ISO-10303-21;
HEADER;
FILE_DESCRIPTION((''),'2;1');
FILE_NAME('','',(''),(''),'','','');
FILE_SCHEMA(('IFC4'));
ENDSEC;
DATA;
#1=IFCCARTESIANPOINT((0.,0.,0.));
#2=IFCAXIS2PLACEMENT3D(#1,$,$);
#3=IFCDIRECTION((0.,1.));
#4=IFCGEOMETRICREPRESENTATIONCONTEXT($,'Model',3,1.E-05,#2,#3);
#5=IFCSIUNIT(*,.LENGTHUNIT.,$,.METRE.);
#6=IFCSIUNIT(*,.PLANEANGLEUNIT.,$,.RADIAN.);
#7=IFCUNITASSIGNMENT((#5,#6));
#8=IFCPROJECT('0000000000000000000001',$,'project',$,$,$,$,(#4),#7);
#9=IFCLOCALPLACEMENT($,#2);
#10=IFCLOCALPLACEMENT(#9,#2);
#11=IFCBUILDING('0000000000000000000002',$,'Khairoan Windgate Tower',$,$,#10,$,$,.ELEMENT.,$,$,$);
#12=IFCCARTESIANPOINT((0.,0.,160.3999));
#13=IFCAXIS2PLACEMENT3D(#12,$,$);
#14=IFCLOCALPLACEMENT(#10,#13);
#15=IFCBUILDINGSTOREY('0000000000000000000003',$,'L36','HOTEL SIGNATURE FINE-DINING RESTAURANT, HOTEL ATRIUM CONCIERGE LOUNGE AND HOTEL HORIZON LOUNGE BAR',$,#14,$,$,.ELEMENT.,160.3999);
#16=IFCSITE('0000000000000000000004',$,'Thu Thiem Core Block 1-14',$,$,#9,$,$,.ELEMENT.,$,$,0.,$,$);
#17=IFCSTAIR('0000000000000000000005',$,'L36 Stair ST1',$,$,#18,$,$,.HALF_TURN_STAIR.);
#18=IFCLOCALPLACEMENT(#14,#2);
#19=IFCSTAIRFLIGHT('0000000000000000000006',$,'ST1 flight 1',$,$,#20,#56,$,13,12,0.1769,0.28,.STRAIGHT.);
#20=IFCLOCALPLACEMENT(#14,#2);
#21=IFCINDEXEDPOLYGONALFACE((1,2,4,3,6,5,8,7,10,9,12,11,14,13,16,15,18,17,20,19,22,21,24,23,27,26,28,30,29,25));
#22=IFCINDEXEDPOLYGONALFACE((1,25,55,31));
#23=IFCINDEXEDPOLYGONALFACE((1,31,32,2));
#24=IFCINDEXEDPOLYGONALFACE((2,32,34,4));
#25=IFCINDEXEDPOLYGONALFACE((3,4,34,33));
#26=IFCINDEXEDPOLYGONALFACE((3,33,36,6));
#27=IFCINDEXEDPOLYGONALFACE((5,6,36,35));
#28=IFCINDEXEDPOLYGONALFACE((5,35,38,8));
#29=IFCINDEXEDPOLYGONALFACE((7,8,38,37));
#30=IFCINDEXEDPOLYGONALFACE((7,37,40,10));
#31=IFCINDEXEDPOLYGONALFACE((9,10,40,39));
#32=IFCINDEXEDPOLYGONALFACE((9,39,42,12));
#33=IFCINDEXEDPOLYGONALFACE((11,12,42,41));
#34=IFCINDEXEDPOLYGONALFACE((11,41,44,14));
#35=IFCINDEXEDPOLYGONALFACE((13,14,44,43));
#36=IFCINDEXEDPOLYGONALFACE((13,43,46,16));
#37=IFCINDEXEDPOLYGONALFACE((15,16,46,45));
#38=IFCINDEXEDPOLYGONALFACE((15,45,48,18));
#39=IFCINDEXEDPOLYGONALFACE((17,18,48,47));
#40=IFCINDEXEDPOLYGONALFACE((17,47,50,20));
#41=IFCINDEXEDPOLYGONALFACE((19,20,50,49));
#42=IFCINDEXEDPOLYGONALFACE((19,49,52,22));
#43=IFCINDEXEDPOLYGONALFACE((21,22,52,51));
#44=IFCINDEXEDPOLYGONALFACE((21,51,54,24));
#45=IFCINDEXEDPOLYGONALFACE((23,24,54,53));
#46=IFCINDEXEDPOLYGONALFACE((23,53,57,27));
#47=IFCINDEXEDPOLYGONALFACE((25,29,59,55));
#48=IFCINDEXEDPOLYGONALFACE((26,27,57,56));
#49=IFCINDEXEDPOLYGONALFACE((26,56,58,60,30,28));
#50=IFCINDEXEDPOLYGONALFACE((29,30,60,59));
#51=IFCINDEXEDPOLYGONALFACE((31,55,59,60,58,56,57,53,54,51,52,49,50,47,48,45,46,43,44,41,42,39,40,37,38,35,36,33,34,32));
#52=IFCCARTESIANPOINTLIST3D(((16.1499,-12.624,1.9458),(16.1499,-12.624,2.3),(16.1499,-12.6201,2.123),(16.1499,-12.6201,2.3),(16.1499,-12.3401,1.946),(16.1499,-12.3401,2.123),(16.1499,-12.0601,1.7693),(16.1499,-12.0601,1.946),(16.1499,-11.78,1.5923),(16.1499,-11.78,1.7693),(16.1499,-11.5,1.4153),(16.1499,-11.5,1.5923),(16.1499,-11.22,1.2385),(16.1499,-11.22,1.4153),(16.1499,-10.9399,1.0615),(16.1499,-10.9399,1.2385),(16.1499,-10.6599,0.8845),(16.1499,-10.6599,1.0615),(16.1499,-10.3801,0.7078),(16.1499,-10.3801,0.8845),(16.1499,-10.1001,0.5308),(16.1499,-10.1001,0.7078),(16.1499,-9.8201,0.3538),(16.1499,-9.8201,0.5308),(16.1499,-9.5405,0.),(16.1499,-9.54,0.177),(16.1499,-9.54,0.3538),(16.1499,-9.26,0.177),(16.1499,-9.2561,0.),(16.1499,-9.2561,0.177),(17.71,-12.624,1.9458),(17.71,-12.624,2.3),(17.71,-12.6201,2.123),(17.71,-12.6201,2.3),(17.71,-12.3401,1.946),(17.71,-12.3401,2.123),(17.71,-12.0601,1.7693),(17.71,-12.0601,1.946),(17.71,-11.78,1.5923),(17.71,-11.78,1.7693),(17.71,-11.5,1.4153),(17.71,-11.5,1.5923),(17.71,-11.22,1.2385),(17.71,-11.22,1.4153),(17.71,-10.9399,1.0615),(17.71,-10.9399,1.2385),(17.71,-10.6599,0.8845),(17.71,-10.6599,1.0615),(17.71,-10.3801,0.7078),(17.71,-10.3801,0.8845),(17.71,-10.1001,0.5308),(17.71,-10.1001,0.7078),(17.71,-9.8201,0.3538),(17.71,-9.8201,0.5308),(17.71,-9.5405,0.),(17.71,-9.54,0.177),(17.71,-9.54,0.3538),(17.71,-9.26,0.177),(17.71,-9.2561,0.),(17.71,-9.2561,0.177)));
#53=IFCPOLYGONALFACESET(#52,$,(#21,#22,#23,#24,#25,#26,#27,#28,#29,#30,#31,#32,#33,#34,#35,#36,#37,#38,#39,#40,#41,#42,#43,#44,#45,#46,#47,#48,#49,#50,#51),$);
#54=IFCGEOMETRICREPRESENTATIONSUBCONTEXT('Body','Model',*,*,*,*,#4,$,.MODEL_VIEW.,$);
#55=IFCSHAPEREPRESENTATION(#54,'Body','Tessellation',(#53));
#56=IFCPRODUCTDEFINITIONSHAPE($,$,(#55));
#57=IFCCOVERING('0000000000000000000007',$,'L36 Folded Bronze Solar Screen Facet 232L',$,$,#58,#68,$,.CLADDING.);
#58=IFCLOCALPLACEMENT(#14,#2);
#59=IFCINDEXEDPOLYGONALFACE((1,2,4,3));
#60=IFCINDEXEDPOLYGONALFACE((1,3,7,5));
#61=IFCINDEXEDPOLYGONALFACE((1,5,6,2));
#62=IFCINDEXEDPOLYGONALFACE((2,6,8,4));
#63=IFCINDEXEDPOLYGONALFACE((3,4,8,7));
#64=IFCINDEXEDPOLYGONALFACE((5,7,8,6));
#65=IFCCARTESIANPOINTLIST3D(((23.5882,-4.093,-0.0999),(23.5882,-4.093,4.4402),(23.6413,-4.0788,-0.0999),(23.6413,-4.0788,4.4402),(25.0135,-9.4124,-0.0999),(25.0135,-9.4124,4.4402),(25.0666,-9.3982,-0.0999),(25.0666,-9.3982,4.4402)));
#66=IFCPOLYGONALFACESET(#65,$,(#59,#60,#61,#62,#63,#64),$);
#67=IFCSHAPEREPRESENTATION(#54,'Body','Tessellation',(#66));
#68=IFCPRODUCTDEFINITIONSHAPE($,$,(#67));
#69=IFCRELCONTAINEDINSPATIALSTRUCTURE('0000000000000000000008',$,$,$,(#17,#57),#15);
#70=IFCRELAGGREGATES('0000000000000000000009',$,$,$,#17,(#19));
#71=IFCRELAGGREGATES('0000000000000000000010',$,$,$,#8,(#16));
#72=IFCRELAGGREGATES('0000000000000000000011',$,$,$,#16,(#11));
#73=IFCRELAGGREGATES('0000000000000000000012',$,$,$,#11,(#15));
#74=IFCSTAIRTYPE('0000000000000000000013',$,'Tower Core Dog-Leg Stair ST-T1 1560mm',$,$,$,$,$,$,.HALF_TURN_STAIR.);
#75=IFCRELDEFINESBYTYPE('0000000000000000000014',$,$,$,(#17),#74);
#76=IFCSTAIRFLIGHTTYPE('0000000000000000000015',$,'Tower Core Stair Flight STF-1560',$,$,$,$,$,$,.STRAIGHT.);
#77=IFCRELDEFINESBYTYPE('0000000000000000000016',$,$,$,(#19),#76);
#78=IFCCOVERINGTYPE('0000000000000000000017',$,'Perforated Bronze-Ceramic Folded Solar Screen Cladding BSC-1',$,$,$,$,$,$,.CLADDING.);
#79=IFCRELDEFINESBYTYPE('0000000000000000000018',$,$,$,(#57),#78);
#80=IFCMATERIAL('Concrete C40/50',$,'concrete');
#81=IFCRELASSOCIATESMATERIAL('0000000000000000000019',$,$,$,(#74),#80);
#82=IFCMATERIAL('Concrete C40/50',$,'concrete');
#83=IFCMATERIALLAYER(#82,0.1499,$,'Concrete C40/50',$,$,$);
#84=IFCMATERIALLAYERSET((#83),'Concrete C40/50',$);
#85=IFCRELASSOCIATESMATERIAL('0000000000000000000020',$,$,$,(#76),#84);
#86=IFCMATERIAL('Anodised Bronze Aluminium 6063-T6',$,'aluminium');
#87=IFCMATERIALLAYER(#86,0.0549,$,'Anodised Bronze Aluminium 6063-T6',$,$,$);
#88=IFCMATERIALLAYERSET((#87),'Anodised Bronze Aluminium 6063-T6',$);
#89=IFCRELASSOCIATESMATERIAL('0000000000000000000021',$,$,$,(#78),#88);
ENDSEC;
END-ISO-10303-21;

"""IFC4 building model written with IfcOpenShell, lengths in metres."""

from ifc_helpers import new_model, si_unit, direction, frame, origin, origin_2d, place, context, subcontext, project, spatial, polyline, rectangle, outline, extrude, material, layer, layer_set, type_object, element, aggregate, save


model = new_model("IFC4")

# Units and contexts
model_context = context("Model", 3, precision=1e-05, world=origin(), true_north=direction((0.0, 1.0)))
body_context = subcontext(model_context, "Body", "Model", "MODEL_VIEW")
ifc_project = project(units=[si_unit("LENGTHUNIT", "METRE"), si_unit("PLANEANGLEUNIT", "RADIAN")], contexts=[model_context])

# Site, building, storey
site_placement = place(None, origin())
site = spatial("IfcSite", under=ifc_project, at=site_placement, Name="Thu Thiem Core Block 1-14", CompositionType="ELEMENT", RefElevation=0.0)
building_placement = place(site_placement, origin())
building = spatial("IfcBuilding", under=site, at=building_placement, Name="Khairoan Windgate Tower", CompositionType="ELEMENT")
storey_placement = place(building_placement, frame((0.0, 0.0, 160.3999)))
storey = spatial("IfcBuildingStorey", under=building, at=storey_placement, Name="L36", Description="HOTEL SIGNATURE FINE-DINING RESTAURANT, HOTEL ATRIUM CONCIERGE LOUNGE AND HOTEL HORIZON LOUNGE BAR", CompositionType="ELEMENT", Elevation=160.3999)

# Stair, stair flight
ifc_material_1 = material(Name="Concrete C40/50", Category="concrete")
stair_type = type_object("IfcStairType", Name="Tower Core Dog-Leg Stair ST-T1 1560mm", PredefinedType="HALF_TURN_STAIR", material=ifc_material_1)
stair_placement = place(storey_placement, origin())
stair = element("IfcStair", 1, at=stair_placement, inside=storey, type_object=stair_type, Name="L36 Stair ST1", PredefinedType="HALF_TURN_STAIR")
ifc_material_2 = material(Name="Concrete C40/50", Category="concrete")
ifc_layer_1 = layer(ifc_material_2, 0.1499, Name="Concrete C40/50")
ifc_layer_set_1 = layer_set([ifc_layer_1], Name="Concrete C40/50")
stair_flight_type = type_object("IfcStairFlightType", Name="Tower Core Stair Flight STF-1560", PredefinedType="STRAIGHT", material=ifc_layer_set_1)
stair_flight_placement = place(storey_placement, frame((16.9299, -9.26, 0.0), z_axis=(0.0, 0.0, 1.0), x_axis=(0.0, -1.0, 0.0)))
stair_flight = element("IfcStairFlight", 2, at=stair_flight_placement, type_object=stair_flight_type, Name="ST1 flight 1", NumberOfRisers=13, NumberOfTreads=12, PredefinedType="STRAIGHT", RiserHeight=0.1769, TreadLength=0.28, context=body_context, shape_type="SweptSolid", body=[
    extrude(outline(polyline([(-0.0039, 0.0), (-0.0039, 0.177), (0.0, 0.177), (0.28, 0.177), (0.28, 0.3538), (0.5601, 0.3538), (0.5601, 0.5308), (0.8401, 0.5308), (0.8401, 0.7078), (1.1201, 0.7078), (1.1201, 0.8845), (1.3999, 0.8845), (1.3999, 1.0615), (1.6799, 1.0615), (1.6799, 1.2385), (1.96, 1.2385), (1.96, 1.4153), (2.24, 1.4153), (2.24, 1.5923), (2.52, 1.5923), (2.52, 1.7693), (2.8, 1.7693), (2.8, 1.946), (3.0801, 1.946), (3.0801, 2.123), (3.3601, 2.123), (3.3601, 2.3), (3.364, 2.3), (3.364, 1.9458), (0.2805, 0.0), (-0.0039, 0.0)])), frame((0.0, 0.78, 0.0), z_axis=(0.0, -1.0, 0.0), x_axis=(1.0, 0.0, 0.0)), (0.0, 0.0, 1.0), 1.5601),
])
aggregate(stair, [stair_flight])

# Covering
ifc_material_3 = material(Name="Anodised Bronze Aluminium 6063-T6", Category="aluminium")
ifc_layer_2 = layer(ifc_material_3, 0.0549, Name="Anodised Bronze Aluminium 6063-T6")
ifc_layer_set_2 = layer_set([ifc_layer_2], Name="Anodised Bronze Aluminium 6063-T6")
covering_type = type_object("IfcCoveringType", Name="Perforated Bronze-Ceramic Folded Solar Screen Cladding BSC-1", PredefinedType="CLADDING", material=ifc_layer_set_2)
covering_placement = place(storey_placement, frame((24.3274, -6.7456, -0.0999), z_axis=(0.0, 0.0, 1.0), x_axis=(0.258819, -0.965926, 0.0)))
element("IfcCovering", 3, at=covering_placement, inside=storey, type_object=covering_type, Name="L36 Folded Bronze Solar Screen Facet 232L", PredefinedType="CLADDING", context=body_context, shape_type="SweptSolid", body=[
    extrude(rectangle(XDim=5.5071, YDim=0.0549, at=origin_2d()), origin(), (0.0, 0.0, 1.0), 4.54),
])

save(model, "model.ifc")
